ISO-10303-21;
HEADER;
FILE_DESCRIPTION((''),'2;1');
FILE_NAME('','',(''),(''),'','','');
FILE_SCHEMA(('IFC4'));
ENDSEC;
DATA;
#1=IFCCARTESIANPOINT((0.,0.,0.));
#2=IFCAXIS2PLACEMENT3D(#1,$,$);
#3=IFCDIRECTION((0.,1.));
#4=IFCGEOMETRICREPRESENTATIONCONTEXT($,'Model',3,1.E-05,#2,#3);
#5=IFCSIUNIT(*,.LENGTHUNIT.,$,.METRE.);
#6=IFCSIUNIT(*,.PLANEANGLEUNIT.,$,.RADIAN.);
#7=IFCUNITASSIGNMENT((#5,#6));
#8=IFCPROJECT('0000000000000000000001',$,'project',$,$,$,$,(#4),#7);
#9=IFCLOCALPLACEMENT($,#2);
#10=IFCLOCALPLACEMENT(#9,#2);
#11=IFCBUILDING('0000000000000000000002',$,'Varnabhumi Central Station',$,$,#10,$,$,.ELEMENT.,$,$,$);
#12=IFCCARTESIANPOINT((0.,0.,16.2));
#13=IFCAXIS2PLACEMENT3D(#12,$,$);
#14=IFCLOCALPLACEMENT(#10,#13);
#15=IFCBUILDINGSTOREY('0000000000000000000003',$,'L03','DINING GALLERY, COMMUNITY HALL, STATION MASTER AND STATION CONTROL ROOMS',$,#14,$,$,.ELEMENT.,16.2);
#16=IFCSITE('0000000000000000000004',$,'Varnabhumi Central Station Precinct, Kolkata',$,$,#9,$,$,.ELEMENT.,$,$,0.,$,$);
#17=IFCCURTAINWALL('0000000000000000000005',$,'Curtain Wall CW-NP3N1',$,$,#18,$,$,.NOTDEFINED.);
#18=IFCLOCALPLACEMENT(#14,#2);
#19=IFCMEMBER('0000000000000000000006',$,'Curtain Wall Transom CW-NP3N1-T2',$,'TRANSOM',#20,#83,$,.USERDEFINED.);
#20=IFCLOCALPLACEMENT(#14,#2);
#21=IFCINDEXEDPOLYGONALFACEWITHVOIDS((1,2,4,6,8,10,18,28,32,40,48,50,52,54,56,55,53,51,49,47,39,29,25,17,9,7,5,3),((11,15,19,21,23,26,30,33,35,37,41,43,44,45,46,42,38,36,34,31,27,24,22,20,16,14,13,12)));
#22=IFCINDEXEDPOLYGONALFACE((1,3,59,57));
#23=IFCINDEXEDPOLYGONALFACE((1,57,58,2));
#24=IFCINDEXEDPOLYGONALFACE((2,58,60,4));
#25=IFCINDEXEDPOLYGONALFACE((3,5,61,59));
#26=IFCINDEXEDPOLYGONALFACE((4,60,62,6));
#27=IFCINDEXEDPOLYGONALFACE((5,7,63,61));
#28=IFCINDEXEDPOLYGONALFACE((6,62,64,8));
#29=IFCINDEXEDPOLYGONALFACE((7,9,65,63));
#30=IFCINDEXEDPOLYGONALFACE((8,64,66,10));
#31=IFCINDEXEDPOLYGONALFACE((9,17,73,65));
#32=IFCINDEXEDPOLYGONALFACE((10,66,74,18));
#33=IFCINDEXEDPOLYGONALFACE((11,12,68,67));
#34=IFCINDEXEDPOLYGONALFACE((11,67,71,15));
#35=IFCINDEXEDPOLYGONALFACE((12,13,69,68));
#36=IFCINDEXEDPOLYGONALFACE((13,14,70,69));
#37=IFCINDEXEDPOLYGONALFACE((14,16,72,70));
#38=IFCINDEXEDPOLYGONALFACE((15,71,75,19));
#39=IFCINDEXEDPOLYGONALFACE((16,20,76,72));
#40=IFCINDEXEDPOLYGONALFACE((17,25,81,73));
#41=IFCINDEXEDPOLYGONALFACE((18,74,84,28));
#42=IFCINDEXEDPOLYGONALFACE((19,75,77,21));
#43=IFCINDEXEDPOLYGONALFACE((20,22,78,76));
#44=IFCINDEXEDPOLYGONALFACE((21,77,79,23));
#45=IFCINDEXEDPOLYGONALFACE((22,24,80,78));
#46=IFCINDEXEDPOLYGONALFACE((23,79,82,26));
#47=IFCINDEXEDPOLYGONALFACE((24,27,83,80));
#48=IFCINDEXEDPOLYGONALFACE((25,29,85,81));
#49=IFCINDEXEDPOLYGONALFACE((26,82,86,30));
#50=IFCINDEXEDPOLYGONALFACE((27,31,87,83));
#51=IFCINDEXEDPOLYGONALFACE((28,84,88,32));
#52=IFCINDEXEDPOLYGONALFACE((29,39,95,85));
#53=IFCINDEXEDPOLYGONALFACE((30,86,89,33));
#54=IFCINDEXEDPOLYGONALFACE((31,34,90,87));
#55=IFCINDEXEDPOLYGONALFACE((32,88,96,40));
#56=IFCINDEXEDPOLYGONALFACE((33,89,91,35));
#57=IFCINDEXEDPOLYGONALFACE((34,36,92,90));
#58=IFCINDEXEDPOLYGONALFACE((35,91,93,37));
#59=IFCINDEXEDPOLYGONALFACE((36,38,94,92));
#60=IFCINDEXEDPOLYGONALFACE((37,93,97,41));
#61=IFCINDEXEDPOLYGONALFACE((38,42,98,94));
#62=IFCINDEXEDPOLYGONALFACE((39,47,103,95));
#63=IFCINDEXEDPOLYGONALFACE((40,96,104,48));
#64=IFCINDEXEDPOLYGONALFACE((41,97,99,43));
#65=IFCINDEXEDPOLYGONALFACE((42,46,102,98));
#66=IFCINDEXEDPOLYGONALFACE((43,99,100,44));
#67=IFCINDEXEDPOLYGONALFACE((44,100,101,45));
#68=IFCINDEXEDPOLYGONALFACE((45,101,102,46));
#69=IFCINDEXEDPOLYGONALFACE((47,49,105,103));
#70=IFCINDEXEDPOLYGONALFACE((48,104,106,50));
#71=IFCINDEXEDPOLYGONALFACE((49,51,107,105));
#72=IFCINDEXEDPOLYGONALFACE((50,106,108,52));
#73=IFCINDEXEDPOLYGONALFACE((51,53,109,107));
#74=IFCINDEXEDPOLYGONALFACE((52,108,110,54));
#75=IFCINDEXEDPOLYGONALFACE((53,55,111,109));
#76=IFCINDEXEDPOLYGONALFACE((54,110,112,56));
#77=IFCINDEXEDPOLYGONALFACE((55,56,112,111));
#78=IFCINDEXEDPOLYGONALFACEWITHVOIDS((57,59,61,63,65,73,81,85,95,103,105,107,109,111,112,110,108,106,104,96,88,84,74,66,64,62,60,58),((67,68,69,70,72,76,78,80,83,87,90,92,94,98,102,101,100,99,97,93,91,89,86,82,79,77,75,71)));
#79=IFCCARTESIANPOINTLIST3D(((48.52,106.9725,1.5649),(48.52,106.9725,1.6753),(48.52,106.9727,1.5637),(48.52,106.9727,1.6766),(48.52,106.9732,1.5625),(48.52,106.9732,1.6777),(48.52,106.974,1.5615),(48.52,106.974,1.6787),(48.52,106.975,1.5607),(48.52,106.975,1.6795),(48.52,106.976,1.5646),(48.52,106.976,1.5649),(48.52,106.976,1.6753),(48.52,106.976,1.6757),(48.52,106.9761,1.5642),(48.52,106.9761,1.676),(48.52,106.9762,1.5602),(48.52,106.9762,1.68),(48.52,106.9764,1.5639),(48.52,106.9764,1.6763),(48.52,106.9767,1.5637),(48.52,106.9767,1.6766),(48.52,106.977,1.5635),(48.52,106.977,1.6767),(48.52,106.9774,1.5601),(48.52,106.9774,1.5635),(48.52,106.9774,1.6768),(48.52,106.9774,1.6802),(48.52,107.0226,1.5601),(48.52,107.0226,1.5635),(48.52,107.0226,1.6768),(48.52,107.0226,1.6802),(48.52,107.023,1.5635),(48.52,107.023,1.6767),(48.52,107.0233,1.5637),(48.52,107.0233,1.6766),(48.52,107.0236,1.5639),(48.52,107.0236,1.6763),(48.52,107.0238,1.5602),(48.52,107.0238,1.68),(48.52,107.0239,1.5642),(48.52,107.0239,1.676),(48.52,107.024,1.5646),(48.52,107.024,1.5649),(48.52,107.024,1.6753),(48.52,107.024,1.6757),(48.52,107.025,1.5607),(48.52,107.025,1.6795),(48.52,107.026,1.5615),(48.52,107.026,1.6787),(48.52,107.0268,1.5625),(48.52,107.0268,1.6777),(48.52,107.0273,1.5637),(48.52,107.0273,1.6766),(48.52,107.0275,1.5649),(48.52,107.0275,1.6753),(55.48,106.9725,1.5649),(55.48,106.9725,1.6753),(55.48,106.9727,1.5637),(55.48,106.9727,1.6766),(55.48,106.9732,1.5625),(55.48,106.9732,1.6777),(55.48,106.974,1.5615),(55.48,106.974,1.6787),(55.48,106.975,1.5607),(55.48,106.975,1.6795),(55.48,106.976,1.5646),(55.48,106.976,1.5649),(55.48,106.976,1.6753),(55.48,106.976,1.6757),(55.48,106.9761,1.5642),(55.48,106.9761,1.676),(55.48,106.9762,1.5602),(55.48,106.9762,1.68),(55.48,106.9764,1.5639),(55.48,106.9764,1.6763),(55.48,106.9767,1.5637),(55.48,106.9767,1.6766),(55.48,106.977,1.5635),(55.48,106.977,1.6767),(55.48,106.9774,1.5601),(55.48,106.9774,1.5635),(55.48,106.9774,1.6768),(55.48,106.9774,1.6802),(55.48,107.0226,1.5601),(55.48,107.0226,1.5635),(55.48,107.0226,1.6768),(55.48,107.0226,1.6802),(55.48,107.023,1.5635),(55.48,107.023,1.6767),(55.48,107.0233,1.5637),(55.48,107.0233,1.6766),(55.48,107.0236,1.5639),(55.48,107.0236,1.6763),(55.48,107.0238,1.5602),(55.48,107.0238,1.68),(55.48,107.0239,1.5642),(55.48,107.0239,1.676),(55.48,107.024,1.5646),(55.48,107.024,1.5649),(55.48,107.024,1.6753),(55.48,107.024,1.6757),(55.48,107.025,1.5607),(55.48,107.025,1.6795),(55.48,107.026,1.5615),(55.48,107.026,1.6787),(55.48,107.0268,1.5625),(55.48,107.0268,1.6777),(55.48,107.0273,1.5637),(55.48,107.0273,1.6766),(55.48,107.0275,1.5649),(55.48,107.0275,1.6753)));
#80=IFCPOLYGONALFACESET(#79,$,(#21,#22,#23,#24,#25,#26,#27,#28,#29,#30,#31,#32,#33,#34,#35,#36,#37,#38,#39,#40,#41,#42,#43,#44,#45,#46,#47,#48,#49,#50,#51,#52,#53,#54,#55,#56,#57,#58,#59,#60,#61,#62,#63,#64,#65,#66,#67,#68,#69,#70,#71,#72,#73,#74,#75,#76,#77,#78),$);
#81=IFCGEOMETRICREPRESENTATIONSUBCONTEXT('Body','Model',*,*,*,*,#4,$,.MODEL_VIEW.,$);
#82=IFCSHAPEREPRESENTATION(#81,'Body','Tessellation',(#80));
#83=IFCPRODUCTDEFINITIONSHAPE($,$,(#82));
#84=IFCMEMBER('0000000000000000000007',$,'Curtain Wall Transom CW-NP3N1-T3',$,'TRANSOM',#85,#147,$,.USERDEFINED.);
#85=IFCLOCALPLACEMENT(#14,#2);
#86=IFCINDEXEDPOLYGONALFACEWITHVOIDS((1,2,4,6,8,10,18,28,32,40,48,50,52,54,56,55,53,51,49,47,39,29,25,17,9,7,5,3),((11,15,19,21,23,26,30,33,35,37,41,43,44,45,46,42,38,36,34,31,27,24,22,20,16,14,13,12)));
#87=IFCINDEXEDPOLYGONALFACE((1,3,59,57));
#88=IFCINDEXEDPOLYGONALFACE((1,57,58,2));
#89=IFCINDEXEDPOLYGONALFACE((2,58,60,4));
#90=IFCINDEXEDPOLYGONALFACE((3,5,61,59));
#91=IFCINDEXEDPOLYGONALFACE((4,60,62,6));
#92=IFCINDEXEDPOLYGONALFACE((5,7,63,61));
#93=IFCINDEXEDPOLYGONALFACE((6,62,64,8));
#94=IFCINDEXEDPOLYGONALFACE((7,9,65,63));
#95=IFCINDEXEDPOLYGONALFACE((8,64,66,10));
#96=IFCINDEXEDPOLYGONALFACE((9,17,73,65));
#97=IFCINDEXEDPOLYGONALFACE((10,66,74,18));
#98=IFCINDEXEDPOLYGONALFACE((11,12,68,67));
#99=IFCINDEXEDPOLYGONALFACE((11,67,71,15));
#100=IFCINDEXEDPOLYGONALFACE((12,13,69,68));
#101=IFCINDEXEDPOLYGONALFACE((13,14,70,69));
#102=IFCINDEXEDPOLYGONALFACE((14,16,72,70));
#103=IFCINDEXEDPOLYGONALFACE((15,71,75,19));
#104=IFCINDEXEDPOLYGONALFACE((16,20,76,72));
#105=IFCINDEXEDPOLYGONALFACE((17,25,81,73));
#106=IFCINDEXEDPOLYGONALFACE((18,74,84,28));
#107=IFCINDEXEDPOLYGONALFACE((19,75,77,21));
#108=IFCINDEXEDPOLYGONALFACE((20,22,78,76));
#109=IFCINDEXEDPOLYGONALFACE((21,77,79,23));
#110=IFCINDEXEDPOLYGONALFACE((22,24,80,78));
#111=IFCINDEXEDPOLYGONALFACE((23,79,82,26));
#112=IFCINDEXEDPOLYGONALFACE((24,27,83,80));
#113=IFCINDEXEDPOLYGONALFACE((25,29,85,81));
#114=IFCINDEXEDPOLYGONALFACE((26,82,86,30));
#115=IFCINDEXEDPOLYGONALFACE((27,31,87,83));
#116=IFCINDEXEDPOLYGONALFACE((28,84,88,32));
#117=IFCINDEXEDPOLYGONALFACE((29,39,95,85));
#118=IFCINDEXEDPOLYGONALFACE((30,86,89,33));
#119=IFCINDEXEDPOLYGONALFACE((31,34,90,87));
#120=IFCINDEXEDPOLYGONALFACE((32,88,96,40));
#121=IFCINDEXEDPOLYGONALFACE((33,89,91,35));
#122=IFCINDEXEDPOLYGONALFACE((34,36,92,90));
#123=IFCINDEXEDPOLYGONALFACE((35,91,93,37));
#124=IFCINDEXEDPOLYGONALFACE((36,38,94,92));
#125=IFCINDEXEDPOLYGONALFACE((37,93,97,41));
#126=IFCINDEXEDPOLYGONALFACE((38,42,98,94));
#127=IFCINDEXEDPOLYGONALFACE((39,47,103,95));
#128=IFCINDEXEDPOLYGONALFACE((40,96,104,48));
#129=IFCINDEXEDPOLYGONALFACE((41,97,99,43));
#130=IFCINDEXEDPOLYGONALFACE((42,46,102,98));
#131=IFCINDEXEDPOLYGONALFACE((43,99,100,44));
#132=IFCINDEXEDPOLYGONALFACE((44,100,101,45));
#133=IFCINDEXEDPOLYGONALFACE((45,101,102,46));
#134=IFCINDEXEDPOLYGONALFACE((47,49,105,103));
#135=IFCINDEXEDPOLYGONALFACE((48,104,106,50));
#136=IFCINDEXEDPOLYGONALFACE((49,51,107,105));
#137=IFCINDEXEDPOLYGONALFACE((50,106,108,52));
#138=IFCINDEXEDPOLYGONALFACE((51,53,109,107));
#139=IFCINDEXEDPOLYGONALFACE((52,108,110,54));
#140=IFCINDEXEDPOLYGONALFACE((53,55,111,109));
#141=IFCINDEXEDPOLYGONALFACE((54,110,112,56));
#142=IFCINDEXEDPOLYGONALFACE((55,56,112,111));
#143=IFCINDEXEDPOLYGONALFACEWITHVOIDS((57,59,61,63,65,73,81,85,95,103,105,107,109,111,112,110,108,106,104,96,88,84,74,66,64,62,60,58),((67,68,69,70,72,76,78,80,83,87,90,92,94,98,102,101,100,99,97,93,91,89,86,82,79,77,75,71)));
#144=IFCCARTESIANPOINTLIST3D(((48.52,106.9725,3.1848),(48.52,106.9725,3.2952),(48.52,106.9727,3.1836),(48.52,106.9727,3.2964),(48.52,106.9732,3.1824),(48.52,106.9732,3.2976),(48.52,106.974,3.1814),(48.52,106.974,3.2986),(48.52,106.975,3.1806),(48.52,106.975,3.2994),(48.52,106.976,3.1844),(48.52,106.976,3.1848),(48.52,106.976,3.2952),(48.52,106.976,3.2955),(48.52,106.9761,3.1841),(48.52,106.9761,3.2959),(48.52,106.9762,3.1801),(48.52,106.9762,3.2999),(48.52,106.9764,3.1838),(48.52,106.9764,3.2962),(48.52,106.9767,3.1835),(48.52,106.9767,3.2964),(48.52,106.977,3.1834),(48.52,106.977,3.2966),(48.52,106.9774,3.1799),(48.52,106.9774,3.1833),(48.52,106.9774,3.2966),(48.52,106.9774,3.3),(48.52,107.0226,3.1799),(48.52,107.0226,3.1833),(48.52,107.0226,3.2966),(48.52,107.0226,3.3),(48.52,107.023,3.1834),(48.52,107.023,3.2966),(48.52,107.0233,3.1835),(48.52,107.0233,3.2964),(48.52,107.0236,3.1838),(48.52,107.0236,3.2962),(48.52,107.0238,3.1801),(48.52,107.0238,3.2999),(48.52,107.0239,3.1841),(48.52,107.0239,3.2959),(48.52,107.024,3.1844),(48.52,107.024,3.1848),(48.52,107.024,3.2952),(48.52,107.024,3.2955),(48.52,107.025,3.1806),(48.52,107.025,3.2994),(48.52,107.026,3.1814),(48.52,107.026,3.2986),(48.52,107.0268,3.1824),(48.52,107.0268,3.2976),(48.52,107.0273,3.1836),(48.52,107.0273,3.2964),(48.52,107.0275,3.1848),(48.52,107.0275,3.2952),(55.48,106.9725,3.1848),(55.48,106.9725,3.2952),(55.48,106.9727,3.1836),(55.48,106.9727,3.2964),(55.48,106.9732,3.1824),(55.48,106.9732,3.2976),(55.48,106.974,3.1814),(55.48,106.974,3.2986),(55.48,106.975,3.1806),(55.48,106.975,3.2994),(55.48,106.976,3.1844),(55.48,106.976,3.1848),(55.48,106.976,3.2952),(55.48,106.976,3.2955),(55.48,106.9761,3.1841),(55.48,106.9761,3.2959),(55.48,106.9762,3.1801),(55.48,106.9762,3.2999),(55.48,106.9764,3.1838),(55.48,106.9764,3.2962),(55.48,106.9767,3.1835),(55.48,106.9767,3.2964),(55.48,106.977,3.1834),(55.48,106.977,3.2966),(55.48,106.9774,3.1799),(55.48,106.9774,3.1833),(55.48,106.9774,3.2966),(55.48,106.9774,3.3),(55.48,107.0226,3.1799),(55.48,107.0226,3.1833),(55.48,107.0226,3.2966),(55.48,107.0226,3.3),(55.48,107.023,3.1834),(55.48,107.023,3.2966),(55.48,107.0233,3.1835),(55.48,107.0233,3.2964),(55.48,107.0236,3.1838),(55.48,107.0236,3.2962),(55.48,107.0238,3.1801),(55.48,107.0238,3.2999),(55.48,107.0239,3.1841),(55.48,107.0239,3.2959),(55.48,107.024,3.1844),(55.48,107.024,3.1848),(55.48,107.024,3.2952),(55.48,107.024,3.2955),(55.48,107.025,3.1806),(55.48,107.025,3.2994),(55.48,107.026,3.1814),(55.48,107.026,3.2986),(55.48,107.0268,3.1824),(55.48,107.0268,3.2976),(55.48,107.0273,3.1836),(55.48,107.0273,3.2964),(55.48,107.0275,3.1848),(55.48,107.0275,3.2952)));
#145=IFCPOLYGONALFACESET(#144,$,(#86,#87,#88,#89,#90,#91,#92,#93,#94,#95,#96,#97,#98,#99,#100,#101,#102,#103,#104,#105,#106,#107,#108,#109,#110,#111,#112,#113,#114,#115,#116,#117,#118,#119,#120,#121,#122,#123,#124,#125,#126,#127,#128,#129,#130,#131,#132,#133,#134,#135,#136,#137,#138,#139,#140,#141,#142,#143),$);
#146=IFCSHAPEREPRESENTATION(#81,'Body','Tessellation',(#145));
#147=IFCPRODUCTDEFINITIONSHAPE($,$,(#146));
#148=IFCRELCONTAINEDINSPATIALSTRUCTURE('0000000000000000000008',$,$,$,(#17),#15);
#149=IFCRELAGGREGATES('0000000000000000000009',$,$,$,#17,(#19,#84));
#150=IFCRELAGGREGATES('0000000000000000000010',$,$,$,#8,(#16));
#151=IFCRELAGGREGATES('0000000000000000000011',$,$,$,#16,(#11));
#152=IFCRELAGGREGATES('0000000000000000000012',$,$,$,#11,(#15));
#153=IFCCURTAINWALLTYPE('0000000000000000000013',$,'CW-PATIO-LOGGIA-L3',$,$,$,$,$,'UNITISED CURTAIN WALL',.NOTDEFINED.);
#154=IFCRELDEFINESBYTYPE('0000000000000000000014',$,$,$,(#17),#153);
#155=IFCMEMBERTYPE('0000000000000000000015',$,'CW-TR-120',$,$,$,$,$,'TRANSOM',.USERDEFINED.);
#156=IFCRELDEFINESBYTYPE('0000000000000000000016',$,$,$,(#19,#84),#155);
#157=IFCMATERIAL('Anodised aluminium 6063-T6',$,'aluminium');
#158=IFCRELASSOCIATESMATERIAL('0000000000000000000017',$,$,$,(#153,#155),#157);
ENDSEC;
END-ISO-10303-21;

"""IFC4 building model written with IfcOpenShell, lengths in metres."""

from ifc_helpers import new_model, si_unit, direction, frame, origin, origin_2d, place, context, subcontext, project, spatial, hollow_rectangle, extrude, material, material_profile, profile_set, type_object, element, aggregate, save


model = new_model("IFC4")

# Units and contexts
model_context = context("Model", 3, precision=1e-05, world=origin(), true_north=direction((0.0, 1.0)))
body_context = subcontext(model_context, "Body", "Model", "MODEL_VIEW")
ifc_project = project(units=[si_unit("LENGTHUNIT", "METRE"), si_unit("PLANEANGLEUNIT", "RADIAN")], contexts=[model_context])

# Site, building, storey
site_placement = place(None, origin())
site = spatial("IfcSite", under=ifc_project, at=site_placement, Name="Varnabhumi Central Station Precinct, Kolkata", CompositionType="ELEMENT", RefElevation=0.0)
building_placement = place(site_placement, origin())
building = spatial("IfcBuilding", under=site, at=building_placement, Name="Varnabhumi Central Station", CompositionType="ELEMENT")
storey_placement = place(building_placement, frame((0.0, 0.0, 16.2)))
storey = spatial("IfcBuildingStorey", under=building, at=storey_placement, Name="L03", Description="DINING GALLERY, COMMUNITY HALL, STATION MASTER AND STATION CONTROL ROOMS", CompositionType="ELEMENT", Elevation=16.2)

# Curtain wall
ifc_material_1 = material(Name="Anodised aluminium 6063-T6", Category="aluminium")
curtain_wall_type = type_object("IfcCurtainWallType", Name="CW-PATIO-LOGGIA-L3", ElementType="UNITISED CURTAIN WALL", PredefinedType="NOTDEFINED", material=ifc_material_1)
curtain_wall_1_placement = place(storey_placement, origin())
curtain_wall_1 = element("IfcCurtainWall", 1, at=curtain_wall_1_placement, inside=storey, type_object=curtain_wall_type, Name="Curtain Wall CW-NP3N1", PredefinedType="NOTDEFINED")

# Members
ifc_material_profile_1 = material_profile(ifc_material_1, hollow_rectangle(XDim=0.0549, YDim=0.1201, WallThickness=0.0034, InnerFilletRadius=0.0015, OuterFilletRadius=0.0049, at=origin_2d()), Name="Anodised aluminium 6063-T6", Category="aluminium")
ifc_profile_set_1 = profile_set([ifc_material_profile_1], Name="Anodised aluminium 6063-T6")
member_type_1 = type_object("IfcMemberType", Name="CW-TR-120", ElementType="TRANSOM", PredefinedType="USERDEFINED", material=ifc_profile_set_1)
member_1_placement = place(storey_placement, frame((48.52, 107.0, 1.6201), z_axis=(1.0, 0.0, 0.0), x_axis=(0.0, 1.0, 0.0)))
member_1 = element("IfcMember", 2, at=member_1_placement, type_object=member_type_1, Name="Curtain Wall Transom CW-NP3N1-T2", ObjectType="TRANSOM", PredefinedType="USERDEFINED", context=body_context, shape_type="SweptSolid", body=[
    extrude(hollow_rectangle(XDim=0.0549, YDim=0.1201, WallThickness=0.0034, InnerFilletRadius=0.0015, OuterFilletRadius=0.0049, at=origin_2d()), origin(), (0.0, 0.0, 1.0), 6.96),
])
member_2_placement = place(storey_placement, frame((48.52, 107.0, 3.24), z_axis=(1.0, 0.0, 0.0), x_axis=(0.0, 1.0, 0.0)))
member_2 = element("IfcMember", 3, at=member_2_placement, type_object=member_type_1, Name="Curtain Wall Transom CW-NP3N1-T3", ObjectType="TRANSOM", PredefinedType="USERDEFINED", context=body_context, shape_type="SweptSolid", body=[
    extrude(hollow_rectangle(XDim=0.0549, YDim=0.1201, WallThickness=0.0034, InnerFilletRadius=0.0015, OuterFilletRadius=0.0049, at=origin_2d()), origin(), (0.0, 0.0, 1.0), 6.96),
])

aggregate(curtain_wall_1, [member_1, member_2])

save(model, "model.ifc")
